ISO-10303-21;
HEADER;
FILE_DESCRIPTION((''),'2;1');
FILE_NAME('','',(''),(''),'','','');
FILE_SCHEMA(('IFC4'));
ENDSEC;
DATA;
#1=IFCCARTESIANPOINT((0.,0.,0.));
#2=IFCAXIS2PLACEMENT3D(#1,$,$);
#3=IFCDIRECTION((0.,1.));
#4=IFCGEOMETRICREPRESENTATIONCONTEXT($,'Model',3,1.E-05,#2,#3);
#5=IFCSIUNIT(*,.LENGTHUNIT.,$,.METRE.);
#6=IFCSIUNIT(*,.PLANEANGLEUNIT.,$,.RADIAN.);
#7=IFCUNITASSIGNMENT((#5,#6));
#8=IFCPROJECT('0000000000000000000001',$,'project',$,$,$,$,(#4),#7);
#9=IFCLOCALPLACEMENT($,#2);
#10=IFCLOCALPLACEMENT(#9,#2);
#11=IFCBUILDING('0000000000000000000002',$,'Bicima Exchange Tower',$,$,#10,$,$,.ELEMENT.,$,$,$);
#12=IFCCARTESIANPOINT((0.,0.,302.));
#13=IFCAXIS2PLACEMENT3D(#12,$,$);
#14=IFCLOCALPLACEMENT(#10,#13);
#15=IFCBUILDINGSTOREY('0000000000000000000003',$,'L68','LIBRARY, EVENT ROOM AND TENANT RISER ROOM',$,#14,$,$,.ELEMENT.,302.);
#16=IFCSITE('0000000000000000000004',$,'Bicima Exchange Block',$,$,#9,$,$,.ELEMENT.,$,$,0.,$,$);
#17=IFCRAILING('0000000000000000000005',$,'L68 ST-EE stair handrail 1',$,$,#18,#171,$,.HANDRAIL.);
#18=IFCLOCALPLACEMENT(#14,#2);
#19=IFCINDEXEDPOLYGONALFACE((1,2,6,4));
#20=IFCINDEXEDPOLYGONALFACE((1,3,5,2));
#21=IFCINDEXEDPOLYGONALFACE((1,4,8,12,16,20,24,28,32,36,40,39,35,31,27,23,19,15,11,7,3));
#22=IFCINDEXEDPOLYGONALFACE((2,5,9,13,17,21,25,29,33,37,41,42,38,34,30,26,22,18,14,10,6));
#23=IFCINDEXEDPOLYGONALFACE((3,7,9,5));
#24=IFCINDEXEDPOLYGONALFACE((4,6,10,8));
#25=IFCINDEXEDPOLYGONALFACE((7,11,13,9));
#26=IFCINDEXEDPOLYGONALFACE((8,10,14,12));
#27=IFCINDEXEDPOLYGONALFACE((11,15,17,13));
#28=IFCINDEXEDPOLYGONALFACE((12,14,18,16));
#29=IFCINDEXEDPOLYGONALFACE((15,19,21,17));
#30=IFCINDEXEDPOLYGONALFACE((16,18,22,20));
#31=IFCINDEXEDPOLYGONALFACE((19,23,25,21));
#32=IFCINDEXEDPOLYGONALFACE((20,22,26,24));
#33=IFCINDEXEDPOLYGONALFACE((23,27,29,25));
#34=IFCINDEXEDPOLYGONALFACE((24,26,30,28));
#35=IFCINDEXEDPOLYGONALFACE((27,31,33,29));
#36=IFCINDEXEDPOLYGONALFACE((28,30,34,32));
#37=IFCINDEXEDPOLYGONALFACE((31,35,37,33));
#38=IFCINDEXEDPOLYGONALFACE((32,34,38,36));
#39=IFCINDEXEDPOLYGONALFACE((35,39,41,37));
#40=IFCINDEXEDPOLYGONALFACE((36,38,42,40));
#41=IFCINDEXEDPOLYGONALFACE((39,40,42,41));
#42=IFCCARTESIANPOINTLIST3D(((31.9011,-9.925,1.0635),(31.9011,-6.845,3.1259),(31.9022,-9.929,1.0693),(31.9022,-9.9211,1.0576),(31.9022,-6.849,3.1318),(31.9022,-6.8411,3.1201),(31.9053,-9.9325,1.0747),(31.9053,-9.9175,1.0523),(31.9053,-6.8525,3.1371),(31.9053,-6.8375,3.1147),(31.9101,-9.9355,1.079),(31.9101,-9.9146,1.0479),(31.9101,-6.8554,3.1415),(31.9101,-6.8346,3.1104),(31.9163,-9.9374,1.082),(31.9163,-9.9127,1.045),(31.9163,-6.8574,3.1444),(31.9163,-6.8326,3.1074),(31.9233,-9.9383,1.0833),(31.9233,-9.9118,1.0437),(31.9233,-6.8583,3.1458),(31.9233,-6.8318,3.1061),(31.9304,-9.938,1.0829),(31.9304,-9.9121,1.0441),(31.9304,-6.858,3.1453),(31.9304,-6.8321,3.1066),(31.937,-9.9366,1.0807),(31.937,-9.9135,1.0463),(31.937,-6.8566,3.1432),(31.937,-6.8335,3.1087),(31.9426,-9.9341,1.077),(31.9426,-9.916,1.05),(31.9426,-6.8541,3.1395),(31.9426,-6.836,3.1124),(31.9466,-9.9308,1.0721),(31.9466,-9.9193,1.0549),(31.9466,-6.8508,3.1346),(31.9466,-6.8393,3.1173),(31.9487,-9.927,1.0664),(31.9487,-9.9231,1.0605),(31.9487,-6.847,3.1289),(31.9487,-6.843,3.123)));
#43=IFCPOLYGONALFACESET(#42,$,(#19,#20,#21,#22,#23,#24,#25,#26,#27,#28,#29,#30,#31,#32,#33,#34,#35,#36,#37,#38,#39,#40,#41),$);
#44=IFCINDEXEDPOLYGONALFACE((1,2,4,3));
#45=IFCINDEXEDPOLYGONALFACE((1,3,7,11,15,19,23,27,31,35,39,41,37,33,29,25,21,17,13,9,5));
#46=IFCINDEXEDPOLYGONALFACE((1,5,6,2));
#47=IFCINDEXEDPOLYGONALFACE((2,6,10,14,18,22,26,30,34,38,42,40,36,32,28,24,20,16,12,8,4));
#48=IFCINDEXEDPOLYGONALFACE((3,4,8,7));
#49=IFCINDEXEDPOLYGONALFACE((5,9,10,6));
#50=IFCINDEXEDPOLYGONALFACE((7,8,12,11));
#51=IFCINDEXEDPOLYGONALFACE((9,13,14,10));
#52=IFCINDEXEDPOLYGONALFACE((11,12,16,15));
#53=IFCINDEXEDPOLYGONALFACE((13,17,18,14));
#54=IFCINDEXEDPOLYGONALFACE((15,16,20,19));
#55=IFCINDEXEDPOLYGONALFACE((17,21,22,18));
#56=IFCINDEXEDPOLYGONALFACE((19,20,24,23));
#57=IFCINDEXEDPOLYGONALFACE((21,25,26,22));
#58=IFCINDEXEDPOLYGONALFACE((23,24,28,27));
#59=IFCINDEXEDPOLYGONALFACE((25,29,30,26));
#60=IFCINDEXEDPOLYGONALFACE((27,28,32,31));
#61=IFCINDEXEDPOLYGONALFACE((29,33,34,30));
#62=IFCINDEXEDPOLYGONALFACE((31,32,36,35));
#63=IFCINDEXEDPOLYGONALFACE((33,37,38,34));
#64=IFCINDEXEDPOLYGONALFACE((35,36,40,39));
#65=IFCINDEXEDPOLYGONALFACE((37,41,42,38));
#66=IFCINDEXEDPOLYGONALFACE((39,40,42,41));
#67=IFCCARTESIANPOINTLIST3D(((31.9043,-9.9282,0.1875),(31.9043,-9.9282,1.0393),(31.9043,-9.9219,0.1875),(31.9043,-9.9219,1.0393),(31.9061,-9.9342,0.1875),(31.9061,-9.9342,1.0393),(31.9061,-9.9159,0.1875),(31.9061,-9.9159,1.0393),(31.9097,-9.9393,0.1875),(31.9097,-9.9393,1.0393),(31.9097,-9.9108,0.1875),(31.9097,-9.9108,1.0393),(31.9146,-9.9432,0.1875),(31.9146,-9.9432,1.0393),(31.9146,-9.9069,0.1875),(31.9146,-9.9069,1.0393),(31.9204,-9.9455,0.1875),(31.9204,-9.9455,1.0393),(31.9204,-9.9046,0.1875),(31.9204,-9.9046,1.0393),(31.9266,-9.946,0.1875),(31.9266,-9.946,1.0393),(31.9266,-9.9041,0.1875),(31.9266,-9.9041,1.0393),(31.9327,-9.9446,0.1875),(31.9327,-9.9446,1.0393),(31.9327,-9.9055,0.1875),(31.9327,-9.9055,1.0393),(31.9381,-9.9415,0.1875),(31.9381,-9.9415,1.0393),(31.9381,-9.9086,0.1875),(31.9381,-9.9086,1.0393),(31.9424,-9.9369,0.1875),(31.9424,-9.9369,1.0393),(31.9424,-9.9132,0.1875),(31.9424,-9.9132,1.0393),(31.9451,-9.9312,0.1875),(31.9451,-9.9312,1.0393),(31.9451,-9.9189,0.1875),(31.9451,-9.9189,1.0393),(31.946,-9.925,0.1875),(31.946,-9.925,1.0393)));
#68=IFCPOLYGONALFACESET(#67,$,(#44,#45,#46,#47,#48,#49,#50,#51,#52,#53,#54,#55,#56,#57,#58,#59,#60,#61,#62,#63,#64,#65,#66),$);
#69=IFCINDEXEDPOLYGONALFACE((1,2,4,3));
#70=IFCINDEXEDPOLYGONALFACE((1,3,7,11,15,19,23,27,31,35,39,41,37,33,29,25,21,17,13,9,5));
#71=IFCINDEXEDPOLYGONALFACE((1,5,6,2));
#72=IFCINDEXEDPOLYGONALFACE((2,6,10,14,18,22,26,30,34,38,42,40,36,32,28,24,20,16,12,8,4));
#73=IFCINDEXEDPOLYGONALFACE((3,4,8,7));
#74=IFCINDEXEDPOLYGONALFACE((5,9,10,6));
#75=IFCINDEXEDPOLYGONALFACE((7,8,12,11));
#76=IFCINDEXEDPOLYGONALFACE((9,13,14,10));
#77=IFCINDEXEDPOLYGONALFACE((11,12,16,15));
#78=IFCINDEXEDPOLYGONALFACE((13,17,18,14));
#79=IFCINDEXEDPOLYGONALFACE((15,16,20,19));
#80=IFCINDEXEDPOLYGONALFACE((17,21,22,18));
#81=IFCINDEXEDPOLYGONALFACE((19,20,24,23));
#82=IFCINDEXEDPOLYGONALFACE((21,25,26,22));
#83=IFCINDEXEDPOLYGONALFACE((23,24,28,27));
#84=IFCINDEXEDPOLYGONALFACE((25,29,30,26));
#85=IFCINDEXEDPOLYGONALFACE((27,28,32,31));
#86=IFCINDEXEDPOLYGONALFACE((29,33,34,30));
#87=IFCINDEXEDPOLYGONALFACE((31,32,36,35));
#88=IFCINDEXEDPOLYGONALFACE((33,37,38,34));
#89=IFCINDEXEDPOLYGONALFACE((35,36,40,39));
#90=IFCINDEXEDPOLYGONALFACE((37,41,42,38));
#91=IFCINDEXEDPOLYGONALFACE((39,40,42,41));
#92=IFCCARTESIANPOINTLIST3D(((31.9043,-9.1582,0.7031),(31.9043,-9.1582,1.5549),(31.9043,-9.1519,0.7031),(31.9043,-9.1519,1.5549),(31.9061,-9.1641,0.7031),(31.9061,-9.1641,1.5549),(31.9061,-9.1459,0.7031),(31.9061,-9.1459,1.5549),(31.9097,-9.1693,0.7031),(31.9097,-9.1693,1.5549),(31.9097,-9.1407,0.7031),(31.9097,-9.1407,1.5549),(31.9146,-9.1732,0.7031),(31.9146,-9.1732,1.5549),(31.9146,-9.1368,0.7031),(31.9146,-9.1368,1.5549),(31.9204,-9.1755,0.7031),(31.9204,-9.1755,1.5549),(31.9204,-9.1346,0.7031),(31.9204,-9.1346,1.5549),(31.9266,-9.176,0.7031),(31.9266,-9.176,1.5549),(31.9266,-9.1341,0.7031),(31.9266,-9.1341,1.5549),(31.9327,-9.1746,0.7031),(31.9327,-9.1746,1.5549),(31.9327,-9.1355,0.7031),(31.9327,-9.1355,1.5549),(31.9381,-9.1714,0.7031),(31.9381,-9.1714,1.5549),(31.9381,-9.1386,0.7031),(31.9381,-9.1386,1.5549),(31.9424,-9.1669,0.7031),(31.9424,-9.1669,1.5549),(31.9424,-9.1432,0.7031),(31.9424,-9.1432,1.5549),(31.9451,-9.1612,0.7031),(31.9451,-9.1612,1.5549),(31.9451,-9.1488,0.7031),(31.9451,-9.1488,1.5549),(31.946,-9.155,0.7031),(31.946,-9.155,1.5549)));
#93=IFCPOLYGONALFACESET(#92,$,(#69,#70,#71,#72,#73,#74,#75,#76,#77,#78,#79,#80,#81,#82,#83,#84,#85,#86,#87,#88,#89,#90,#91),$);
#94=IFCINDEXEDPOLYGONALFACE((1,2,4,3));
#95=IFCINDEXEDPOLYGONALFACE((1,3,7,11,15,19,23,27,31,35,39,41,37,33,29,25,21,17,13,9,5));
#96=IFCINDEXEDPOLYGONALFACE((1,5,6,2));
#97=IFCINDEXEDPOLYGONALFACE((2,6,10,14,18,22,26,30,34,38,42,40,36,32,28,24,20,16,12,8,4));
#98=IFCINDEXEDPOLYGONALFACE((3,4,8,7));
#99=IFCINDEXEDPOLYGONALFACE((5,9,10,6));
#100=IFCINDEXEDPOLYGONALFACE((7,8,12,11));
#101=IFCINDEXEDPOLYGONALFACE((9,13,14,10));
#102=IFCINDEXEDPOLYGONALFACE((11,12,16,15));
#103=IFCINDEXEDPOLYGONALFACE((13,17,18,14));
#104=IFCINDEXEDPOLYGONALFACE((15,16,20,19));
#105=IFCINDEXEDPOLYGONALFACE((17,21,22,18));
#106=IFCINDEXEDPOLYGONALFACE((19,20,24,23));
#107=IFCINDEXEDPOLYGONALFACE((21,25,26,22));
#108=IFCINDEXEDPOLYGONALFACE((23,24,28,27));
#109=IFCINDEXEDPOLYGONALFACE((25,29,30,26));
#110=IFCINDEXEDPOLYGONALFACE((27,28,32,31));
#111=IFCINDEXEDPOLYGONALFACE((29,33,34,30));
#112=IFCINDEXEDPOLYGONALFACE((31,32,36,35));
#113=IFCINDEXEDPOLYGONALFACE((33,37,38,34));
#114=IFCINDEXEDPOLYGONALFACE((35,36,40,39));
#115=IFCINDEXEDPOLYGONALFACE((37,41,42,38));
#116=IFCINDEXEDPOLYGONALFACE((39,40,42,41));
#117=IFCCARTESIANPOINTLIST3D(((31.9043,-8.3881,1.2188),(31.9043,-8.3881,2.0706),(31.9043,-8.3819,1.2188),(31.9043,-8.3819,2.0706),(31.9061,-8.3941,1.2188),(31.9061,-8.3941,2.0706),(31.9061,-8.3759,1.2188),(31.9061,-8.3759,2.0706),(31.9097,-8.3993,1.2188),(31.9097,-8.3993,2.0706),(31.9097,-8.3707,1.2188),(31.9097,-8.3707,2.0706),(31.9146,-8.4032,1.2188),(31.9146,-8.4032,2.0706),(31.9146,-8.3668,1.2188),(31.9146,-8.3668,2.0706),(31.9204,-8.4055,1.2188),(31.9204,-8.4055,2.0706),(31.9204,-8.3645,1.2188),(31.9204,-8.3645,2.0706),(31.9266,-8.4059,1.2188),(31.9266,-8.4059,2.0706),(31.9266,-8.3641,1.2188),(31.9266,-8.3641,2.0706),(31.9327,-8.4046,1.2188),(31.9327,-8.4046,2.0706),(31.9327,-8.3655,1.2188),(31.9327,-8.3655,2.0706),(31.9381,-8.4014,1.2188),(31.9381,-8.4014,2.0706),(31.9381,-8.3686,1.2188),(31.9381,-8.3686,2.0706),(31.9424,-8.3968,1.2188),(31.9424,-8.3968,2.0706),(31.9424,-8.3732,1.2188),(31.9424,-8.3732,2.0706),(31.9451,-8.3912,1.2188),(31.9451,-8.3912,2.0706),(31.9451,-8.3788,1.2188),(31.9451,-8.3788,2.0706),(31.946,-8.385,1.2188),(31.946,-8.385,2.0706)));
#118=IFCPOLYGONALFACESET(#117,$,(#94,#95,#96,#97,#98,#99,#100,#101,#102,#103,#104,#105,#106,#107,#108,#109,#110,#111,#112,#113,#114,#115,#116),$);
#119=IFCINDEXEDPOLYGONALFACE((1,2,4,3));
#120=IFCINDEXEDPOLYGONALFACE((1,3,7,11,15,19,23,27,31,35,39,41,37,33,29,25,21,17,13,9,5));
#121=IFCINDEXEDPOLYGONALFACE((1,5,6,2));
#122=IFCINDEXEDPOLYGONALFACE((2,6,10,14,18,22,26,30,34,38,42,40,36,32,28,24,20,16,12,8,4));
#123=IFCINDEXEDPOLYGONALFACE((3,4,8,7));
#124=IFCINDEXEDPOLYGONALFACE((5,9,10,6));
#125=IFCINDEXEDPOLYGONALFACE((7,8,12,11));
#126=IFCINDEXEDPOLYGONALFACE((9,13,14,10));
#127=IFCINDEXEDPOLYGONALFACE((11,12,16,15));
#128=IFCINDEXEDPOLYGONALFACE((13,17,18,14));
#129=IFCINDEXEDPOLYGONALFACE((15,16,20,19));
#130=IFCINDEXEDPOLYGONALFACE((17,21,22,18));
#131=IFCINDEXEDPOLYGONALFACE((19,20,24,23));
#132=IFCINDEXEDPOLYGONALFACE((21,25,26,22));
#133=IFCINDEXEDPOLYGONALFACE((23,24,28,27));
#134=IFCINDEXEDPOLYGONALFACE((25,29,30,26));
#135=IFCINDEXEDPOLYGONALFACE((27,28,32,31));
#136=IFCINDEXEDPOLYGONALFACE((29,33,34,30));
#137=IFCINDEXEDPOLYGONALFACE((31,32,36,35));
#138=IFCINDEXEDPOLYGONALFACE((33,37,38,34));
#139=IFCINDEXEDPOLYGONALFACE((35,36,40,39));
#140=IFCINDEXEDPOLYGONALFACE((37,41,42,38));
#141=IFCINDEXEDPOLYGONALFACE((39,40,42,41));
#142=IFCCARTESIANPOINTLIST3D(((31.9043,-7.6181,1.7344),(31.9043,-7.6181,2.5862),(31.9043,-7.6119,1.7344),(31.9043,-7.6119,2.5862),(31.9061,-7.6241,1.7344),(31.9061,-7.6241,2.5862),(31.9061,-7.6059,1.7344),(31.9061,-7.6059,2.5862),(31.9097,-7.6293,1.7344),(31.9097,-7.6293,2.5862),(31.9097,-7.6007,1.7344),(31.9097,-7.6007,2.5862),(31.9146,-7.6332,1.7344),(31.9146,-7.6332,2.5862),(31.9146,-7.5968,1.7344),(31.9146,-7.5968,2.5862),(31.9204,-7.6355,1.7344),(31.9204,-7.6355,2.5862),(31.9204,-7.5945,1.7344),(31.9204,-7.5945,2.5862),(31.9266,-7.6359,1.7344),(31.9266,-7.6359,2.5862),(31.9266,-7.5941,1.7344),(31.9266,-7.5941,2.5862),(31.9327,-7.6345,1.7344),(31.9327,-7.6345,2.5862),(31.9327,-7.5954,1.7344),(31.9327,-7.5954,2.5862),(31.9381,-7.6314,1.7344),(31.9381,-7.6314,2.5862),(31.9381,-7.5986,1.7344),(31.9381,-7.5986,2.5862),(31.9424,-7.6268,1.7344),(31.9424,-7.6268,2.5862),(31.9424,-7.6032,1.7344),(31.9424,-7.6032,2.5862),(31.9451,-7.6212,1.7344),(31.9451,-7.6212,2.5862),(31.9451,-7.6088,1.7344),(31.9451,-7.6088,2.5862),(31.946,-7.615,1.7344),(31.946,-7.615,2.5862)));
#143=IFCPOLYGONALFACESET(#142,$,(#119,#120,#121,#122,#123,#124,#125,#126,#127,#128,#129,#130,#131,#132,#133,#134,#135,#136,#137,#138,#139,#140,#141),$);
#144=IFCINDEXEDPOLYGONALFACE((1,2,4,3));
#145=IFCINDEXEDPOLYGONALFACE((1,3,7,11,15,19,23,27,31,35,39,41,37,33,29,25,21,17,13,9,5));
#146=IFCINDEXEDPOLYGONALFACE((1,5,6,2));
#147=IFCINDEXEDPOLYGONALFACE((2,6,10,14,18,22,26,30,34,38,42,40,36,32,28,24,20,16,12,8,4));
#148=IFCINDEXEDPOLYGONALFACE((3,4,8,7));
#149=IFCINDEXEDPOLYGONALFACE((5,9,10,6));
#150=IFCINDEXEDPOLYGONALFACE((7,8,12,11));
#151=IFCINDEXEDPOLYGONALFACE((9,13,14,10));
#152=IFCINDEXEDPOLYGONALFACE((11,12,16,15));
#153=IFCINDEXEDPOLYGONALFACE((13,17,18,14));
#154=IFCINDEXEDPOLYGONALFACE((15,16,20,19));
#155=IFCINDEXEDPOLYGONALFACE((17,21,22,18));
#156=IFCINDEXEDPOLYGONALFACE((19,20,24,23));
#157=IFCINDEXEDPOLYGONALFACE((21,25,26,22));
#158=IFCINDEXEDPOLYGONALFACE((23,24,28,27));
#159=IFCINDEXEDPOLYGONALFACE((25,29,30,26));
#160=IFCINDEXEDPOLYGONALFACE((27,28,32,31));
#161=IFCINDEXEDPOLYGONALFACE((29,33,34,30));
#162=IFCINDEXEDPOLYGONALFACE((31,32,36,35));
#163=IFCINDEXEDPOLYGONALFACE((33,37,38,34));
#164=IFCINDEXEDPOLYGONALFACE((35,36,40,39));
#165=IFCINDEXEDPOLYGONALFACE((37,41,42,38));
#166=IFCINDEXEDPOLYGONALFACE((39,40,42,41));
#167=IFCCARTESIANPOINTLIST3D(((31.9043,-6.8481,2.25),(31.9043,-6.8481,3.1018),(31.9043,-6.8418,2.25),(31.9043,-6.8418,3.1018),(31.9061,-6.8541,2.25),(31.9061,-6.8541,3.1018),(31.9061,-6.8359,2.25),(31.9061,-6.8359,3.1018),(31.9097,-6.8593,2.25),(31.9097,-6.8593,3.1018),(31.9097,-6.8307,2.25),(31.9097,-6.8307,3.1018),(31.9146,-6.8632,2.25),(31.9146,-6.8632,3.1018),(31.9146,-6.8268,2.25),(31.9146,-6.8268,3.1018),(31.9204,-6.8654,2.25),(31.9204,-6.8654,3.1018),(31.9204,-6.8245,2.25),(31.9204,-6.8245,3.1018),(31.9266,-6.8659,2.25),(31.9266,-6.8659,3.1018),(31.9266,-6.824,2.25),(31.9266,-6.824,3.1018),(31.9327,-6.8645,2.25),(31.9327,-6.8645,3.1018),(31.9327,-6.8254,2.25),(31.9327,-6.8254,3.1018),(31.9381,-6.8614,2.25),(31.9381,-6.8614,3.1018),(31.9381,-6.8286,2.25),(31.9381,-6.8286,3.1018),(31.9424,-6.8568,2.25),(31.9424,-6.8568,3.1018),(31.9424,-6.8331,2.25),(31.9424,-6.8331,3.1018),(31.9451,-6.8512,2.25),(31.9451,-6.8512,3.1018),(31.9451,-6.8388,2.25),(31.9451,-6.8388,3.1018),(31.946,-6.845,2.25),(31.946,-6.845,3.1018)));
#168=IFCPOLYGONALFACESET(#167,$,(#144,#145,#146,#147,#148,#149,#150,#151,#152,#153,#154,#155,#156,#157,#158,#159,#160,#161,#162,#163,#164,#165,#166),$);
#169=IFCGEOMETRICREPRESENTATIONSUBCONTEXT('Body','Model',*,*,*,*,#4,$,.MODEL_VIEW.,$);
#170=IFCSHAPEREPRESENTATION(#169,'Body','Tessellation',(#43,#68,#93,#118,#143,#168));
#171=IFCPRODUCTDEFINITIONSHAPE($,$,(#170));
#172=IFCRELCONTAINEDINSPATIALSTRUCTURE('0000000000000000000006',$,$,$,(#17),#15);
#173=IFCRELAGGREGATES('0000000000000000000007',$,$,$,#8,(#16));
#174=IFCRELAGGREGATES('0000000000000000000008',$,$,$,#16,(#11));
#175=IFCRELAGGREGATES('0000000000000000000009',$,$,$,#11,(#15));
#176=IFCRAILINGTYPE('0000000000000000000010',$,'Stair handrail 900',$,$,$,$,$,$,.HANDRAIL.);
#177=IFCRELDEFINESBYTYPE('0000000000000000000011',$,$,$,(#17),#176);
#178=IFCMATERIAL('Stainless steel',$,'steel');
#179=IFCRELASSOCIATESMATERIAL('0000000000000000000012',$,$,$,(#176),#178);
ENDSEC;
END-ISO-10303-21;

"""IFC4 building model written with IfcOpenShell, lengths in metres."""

from ifc_helpers import new_model, si_unit, direction, frame, origin, origin_2d, place, context, subcontext, project, spatial, circle, extrude, material, type_object, element, save


model = new_model("IFC4")

# Units and contexts
model_context = context("Model", 3, precision=1e-05, world=origin(), true_north=direction((0.0, 1.0)))
body_context = subcontext(model_context, "Body", "Model", "MODEL_VIEW")
ifc_project = project(units=[si_unit("LENGTHUNIT", "METRE"), si_unit("PLANEANGLEUNIT", "RADIAN")], contexts=[model_context])

# Site, building, storey
site_placement = place(None, origin())
site = spatial("IfcSite", under=ifc_project, at=site_placement, Name="Bicima Exchange Block", CompositionType="ELEMENT", RefElevation=0.0)
building_placement = place(site_placement, origin())
building = spatial("IfcBuilding", under=site, at=building_placement, Name="Bicima Exchange Tower", CompositionType="ELEMENT")
storey_placement = place(building_placement, frame((0.0, 0.0, 302.0)))
storey = spatial("IfcBuildingStorey", under=building, at=storey_placement, Name="L68", Description="LIBRARY, EVENT ROOM AND TENANT RISER ROOM", CompositionType="ELEMENT", Elevation=302.0)

# Railing
ifc_material_1 = material(Name="Stainless steel", Category="steel")
railing_type_1 = type_object("IfcRailingType", Name="Stair handrail 900", PredefinedType="HANDRAIL", material=ifc_material_1)
railing_1_placement = place(storey_placement, frame((31.925, -9.925, 0.1875)))
element("IfcRailing", 1, at=railing_1_placement, inside=storey, type_object=railing_type_1, Name="L68 ST-EE stair handrail 1", PredefinedType="HANDRAIL", context=body_context, shape_type="SweptSolid", body=[
    extrude(circle(Radius=0.0239, at=origin_2d()), frame((0.0, 0.0, 0.876), z_axis=(0.0, 0.830914, 0.556401), x_axis=(-1.0, 0.0, 0.0)), (0.0, 0.0, 1.0), 3.7068),
    extrude(circle(Radius=0.021, at=origin_2d()), origin(), (0.0, 0.0, 1.0), 0.8518),
    extrude(circle(Radius=0.021, at=origin_2d()), frame((0.0, 0.77, 0.5156)), (0.0, 0.0, 1.0), 0.8518),
    extrude(circle(Radius=0.021, at=origin_2d()), frame((0.0, 1.54, 1.0312)), (0.0, 0.0, 1.0), 0.8518),
    extrude(circle(Radius=0.021, at=origin_2d()), frame((0.0, 2.3101, 1.5469)), (0.0, 0.0, 1.0), 0.8518),
    extrude(circle(Radius=0.021, at=origin_2d()), frame((0.0, 3.0801, 2.0625)), (0.0, 0.0, 1.0), 0.8518),
])

save(model, "model.ifc")
